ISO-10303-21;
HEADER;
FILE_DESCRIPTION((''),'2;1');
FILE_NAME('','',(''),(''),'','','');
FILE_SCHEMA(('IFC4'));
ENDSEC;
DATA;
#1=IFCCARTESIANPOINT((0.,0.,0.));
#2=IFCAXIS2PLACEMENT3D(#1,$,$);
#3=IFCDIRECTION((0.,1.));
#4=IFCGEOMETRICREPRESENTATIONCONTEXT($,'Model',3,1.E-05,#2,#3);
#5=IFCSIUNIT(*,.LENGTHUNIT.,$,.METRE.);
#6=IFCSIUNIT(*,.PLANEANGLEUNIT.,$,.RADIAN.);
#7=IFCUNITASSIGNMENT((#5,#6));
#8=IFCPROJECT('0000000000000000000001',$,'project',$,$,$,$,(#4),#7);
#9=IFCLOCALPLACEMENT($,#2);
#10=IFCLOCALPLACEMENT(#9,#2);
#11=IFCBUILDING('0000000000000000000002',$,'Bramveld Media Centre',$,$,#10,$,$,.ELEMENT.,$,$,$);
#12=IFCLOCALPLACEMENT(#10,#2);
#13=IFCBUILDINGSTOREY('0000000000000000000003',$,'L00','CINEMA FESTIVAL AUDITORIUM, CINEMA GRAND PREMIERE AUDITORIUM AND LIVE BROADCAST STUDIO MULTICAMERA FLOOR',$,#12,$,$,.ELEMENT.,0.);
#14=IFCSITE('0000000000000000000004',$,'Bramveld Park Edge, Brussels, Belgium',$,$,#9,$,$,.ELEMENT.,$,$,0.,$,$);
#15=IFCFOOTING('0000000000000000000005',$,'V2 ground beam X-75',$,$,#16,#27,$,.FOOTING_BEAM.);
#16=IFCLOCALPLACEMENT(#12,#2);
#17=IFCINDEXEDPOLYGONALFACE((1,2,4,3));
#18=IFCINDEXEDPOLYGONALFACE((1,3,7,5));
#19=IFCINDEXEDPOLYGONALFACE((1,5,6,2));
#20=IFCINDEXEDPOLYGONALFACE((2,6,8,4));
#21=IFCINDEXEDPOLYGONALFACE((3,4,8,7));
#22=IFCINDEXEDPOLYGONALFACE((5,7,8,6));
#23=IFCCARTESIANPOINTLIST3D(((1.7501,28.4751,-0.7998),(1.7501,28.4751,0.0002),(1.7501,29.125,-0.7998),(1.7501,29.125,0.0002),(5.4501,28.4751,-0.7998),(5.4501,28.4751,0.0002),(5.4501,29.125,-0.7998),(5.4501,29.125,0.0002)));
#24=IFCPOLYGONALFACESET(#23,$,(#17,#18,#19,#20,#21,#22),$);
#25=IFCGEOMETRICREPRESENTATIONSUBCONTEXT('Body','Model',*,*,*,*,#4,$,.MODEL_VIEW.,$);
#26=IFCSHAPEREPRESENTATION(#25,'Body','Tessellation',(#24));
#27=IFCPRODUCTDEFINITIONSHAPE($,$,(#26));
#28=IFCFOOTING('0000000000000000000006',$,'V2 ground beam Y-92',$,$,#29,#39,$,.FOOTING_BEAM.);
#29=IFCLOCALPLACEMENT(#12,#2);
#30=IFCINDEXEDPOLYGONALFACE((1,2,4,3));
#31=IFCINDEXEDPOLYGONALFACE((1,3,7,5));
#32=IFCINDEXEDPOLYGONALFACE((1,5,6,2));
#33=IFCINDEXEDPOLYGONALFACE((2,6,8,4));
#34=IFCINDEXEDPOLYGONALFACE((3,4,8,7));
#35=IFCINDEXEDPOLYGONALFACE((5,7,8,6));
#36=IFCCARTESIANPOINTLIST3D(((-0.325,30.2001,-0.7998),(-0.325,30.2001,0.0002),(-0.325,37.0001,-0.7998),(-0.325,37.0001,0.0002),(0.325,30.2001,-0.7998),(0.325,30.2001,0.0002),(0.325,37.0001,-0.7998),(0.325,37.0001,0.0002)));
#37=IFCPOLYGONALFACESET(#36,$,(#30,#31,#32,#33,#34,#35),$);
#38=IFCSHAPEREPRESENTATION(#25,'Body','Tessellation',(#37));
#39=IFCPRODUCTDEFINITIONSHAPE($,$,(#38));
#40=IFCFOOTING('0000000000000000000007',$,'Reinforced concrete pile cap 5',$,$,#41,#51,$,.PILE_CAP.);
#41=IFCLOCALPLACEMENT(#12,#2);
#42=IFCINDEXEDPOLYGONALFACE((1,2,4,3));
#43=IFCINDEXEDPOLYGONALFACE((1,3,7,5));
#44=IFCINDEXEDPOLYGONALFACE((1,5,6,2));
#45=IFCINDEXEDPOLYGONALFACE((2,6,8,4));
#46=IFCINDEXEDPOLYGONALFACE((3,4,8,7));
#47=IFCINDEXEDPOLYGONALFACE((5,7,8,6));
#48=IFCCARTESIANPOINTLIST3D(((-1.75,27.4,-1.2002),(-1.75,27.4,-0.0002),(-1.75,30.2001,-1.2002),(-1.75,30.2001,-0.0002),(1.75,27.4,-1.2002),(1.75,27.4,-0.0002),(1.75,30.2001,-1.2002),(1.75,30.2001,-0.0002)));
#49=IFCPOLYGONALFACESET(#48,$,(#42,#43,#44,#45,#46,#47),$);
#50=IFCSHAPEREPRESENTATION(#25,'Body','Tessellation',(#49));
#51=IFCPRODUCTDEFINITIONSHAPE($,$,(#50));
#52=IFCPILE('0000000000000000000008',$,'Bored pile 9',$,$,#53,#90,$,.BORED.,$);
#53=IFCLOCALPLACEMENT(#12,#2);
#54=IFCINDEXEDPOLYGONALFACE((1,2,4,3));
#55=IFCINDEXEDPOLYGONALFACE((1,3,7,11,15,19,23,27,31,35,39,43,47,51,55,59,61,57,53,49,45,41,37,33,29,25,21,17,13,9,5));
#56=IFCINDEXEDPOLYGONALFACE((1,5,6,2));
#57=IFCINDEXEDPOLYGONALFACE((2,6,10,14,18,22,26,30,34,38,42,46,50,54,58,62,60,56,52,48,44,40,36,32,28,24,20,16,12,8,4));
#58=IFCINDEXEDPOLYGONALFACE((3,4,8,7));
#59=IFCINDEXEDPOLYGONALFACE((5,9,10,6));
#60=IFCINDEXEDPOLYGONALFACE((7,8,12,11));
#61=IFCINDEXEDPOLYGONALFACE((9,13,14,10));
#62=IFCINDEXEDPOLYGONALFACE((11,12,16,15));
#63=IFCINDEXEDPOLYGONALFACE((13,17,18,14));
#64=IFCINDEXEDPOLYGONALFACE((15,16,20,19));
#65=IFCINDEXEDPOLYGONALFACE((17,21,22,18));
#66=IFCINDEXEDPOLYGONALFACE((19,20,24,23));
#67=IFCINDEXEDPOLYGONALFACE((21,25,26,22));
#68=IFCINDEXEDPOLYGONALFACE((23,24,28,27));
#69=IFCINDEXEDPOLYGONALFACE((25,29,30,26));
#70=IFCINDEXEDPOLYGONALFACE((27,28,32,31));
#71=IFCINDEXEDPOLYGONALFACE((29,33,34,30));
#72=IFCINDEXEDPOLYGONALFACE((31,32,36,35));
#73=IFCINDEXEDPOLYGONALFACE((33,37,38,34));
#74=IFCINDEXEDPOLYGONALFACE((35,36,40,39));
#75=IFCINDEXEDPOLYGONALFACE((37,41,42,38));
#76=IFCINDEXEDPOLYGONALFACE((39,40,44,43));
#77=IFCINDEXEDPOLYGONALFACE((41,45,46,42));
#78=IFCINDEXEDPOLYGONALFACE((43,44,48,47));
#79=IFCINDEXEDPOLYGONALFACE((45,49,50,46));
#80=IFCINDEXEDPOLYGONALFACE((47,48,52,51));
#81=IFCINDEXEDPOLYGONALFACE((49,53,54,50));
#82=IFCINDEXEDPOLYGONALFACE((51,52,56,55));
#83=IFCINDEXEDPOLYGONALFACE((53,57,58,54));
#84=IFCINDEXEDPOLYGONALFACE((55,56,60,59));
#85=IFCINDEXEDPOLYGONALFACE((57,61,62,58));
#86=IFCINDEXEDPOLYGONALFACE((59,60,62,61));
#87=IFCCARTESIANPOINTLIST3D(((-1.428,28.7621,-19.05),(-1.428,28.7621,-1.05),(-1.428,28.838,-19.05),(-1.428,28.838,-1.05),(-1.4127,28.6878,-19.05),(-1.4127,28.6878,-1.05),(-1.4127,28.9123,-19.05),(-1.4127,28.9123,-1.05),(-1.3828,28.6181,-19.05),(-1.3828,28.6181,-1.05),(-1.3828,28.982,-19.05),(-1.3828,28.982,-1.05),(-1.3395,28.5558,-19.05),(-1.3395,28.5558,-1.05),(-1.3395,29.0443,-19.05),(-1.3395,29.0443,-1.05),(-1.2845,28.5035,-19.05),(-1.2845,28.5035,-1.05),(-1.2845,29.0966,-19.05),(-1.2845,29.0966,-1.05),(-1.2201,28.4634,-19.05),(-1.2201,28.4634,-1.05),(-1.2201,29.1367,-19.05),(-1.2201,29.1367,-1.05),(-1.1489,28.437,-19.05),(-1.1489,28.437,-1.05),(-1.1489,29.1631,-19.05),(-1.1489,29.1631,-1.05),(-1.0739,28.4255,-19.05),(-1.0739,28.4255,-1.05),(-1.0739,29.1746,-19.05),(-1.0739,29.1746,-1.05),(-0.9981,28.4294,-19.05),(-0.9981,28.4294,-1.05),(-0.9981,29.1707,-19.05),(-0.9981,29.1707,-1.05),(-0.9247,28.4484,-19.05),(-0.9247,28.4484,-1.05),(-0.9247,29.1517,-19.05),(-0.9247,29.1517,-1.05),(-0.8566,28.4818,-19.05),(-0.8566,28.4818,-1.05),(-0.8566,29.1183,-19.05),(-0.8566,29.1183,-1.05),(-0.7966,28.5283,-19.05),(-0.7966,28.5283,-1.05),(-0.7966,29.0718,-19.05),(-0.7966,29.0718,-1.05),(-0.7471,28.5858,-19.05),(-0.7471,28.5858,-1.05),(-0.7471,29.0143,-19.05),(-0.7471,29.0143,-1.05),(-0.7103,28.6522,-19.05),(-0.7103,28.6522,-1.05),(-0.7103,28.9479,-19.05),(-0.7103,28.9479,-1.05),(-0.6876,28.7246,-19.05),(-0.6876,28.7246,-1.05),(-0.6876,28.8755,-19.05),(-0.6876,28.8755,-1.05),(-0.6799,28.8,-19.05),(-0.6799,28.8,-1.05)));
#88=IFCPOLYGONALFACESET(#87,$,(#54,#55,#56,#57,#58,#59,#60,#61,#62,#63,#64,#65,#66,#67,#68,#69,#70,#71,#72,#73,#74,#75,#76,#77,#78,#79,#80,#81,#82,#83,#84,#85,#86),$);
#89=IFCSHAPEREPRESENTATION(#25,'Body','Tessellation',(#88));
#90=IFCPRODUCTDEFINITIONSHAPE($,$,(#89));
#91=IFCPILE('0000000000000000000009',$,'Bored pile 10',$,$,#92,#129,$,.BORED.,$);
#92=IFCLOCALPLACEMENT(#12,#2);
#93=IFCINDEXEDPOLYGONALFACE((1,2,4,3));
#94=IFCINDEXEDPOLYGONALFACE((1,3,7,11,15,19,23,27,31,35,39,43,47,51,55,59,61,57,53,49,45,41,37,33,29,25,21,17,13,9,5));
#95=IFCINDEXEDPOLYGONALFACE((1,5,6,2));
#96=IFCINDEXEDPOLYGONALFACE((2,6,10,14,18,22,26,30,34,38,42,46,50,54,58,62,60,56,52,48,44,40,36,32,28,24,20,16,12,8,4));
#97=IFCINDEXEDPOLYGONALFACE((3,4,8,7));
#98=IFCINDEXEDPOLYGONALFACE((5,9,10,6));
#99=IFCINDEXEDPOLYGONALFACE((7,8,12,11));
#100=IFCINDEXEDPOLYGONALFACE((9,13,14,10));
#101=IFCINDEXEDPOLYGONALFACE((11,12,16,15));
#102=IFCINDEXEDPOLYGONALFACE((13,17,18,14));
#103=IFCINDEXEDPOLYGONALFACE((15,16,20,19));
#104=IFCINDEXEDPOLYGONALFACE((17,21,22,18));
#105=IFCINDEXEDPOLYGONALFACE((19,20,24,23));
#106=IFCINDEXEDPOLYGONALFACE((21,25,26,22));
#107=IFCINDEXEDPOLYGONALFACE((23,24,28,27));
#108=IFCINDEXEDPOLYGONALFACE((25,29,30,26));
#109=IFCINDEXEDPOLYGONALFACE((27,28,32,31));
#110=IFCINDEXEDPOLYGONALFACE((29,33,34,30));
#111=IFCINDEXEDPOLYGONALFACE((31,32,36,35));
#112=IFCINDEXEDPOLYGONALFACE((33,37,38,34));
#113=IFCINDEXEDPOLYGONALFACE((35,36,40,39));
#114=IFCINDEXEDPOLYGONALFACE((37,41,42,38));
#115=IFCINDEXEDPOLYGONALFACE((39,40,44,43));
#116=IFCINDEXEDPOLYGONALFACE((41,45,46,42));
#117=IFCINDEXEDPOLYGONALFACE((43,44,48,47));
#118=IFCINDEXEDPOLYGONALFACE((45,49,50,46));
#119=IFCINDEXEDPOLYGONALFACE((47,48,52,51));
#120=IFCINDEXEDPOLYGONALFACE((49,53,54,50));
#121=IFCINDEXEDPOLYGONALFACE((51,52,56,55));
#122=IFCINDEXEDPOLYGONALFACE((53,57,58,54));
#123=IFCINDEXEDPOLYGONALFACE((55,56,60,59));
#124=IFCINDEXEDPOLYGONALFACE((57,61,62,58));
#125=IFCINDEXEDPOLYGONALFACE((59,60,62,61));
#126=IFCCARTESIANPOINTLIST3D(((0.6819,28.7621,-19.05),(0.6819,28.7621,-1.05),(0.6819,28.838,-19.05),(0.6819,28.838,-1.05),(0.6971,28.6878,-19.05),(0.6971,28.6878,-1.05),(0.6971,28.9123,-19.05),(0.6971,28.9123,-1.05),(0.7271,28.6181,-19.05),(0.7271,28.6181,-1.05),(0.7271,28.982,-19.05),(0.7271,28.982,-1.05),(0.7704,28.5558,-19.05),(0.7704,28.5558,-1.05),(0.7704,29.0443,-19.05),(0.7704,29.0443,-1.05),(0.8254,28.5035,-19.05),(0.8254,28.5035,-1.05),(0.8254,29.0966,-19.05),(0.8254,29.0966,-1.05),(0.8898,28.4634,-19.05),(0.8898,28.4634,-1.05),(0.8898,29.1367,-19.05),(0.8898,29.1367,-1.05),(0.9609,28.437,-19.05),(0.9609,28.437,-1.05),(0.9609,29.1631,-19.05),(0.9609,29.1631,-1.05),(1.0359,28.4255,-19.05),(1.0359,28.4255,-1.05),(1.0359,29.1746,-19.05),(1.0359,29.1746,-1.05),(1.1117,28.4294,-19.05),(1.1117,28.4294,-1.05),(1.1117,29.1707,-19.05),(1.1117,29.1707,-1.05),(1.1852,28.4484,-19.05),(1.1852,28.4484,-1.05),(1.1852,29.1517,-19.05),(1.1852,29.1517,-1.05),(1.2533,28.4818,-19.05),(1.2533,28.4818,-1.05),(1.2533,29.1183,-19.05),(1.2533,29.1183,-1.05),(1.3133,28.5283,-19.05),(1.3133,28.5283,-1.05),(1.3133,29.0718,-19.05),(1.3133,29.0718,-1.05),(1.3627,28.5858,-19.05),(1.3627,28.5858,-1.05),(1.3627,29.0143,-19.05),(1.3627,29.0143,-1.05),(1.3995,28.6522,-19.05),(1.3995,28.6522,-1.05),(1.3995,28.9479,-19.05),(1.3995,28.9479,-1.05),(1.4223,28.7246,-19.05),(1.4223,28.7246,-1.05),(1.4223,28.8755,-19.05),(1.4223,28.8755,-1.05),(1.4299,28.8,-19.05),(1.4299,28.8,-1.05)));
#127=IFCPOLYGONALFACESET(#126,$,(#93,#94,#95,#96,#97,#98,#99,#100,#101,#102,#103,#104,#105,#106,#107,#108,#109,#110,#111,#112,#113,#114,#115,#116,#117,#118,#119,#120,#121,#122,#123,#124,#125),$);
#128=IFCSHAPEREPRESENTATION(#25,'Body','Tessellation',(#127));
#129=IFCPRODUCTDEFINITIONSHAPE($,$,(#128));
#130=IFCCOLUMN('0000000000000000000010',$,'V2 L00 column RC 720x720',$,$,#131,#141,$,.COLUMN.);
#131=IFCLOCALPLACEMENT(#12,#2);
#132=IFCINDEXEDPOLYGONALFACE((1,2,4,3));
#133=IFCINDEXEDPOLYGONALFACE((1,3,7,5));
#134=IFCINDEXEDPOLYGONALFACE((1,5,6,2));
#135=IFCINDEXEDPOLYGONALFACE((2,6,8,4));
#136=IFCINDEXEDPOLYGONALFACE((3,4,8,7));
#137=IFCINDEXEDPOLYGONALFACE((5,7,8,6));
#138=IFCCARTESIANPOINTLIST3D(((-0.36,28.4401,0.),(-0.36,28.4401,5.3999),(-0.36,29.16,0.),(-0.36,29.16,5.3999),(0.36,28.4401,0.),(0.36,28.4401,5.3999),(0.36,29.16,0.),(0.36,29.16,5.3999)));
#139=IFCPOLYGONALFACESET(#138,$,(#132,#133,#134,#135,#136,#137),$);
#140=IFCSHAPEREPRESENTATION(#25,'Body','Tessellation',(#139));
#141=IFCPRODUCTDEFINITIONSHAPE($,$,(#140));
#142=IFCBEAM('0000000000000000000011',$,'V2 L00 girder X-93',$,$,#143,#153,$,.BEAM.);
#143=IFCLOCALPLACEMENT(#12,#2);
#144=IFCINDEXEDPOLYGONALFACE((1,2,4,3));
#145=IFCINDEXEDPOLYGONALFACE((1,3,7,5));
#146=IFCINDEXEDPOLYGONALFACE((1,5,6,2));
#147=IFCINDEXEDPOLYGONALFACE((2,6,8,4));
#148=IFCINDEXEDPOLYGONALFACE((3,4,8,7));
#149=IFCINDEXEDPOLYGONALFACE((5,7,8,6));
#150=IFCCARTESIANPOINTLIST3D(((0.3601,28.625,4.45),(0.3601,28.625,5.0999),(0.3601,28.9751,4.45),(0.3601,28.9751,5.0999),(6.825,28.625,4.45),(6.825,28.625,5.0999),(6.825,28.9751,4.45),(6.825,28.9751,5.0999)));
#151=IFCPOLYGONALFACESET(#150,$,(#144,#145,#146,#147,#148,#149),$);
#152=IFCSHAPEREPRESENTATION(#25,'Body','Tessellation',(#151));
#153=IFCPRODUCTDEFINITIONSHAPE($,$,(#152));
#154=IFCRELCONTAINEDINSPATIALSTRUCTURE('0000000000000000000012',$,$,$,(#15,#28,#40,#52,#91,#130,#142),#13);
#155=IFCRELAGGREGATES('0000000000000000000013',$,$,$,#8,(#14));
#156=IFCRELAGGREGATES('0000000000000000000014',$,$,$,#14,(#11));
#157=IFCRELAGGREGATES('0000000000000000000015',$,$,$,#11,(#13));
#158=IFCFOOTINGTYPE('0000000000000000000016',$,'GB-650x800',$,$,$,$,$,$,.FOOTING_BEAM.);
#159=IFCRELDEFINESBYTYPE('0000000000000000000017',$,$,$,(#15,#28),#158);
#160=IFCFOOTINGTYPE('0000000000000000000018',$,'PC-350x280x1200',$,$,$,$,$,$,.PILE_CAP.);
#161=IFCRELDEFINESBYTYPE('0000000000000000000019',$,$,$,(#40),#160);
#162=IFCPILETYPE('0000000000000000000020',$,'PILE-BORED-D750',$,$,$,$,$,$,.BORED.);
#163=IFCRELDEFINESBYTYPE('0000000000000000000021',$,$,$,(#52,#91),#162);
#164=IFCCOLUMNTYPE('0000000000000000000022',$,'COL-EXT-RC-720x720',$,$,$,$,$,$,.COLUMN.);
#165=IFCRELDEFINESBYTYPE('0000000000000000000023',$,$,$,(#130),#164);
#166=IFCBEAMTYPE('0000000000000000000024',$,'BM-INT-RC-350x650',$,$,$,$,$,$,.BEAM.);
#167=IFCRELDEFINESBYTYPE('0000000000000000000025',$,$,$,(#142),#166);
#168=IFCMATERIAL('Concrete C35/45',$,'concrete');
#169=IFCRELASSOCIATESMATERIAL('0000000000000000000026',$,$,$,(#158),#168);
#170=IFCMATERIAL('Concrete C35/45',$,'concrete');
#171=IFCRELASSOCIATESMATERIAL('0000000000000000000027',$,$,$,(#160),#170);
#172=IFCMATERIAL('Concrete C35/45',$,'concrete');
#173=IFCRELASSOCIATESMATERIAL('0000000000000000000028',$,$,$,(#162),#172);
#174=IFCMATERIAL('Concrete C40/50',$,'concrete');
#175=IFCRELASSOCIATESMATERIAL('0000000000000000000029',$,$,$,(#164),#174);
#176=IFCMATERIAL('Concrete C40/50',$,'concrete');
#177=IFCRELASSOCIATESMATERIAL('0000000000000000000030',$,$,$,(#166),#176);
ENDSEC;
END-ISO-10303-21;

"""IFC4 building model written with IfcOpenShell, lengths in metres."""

from ifc_helpers import new_model, si_unit, direction, frame, origin, origin_2d, place, context, subcontext, project, spatial, rectangle, circle, extrude, material, material_profile, profile_set, type_object, element, save


model = new_model("IFC4")

# Units and contexts
model_context = context("Model", 3, precision=1e-05, world=origin(), true_north=direction((0.0, 1.0)))
body_context = subcontext(model_context, "Body", "Model", "MODEL_VIEW")
ifc_project = project(units=[si_unit("LENGTHUNIT", "METRE"), si_unit("PLANEANGLEUNIT", "RADIAN")], contexts=[model_context])

# Site, building, storey
site_placement = place(None, origin())
site = spatial("IfcSite", under=ifc_project, at=site_placement, Name="Bramveld Park Edge, Brussels, Belgium", CompositionType="ELEMENT", RefElevation=0.0)
building_placement = place(site_placement, origin())
building = spatial("IfcBuilding", under=site, at=building_placement, Name="Bramveld Media Centre", CompositionType="ELEMENT")
storey_placement = place(building_placement, origin())
storey = spatial("IfcBuildingStorey", under=building, at=storey_placement, Name="L00", Description="CINEMA FESTIVAL AUDITORIUM, CINEMA GRAND PREMIERE AUDITORIUM AND LIVE BROADCAST STUDIO MULTICAMERA FLOOR", CompositionType="ELEMENT", Elevation=0.0)

# Footings
ifc_material_1 = material(Name="Concrete C35/45", Category="concrete")
footing_type_1 = type_object("IfcFootingType", Name="GB-650x800", PredefinedType="FOOTING_BEAM", material=ifc_material_1)
footing_1_placement = place(storey_placement, frame((3.6001, 28.8, -0.7998), z_axis=(0.0, 0.0, 1.0), x_axis=(1.0, 0.0, 0.0)))
element("IfcFooting", 1, at=footing_1_placement, inside=storey, type_object=footing_type_1, Name="V2 ground beam X-75", PredefinedType="FOOTING_BEAM", context=body_context, shape_type="SweptSolid", body=[
    extrude(rectangle(XDim=3.7, YDim=0.6499, at=origin_2d()), origin(), (0.0, 0.0, 1.0), 0.8),
])
footing_2_placement = place(storey_placement, frame((0.0, 33.6001, -0.7998), z_axis=(0.0, 0.0, 1.0), x_axis=(1.0, 0.0, 0.0)))
element("IfcFooting", 2, at=footing_2_placement, inside=storey, type_object=footing_type_1, Name="V2 ground beam Y-92", PredefinedType="FOOTING_BEAM", context=body_context, shape_type="SweptSolid", body=[
    extrude(rectangle(XDim=0.6499, YDim=6.8, at=origin_2d()), origin(), (0.0, 0.0, 1.0), 0.8),
])
ifc_material_2 = material(Name="Concrete C35/45", Category="concrete")
footing_type_2 = type_object("IfcFootingType", Name="PC-350x280x1200", PredefinedType="PILE_CAP", material=ifc_material_2)
footing_3_placement = place(storey_placement, frame((0.0, 28.8, -1.2002), z_axis=(0.0, 0.0, 1.0), x_axis=(1.0, 0.0, 0.0)))
element("IfcFooting", 3, at=footing_3_placement, inside=storey, type_object=footing_type_2, Name="Reinforced concrete pile cap 5", PredefinedType="PILE_CAP", context=body_context, shape_type="SweptSolid", body=[
    extrude(rectangle(XDim=3.5, YDim=2.8, at=origin_2d()), origin(), (0.0, 0.0, 1.0), 1.2),
])

# Piles
ifc_material_3 = material(Name="Concrete C35/45", Category="concrete")
ifc_material_profile_1 = material_profile(ifc_material_3, circle(Radius=0.375, at=origin_2d()), Name="BORED D750")
ifc_profile_set_1 = profile_set([ifc_material_profile_1], Name="Concrete C35/45")
pile_type = type_object("IfcPileType", Name="PILE-BORED-D750", PredefinedType="BORED", material=ifc_profile_set_1)
for number, where, z_axis, x_axis, name in (
    (4, (-1.0549, 28.8, -1.05), (0.0, 0.0, -1.0), (1.0, 0.0, 0.0), "Bored pile 9"),
    (5, (1.0549, 28.8, -1.05), (0.0, 0.0, -1.0), (1.0, 0.0, 0.0), "Bored pile 10"),
):
    element("IfcPile", number, at=place(storey_placement, frame(where, z_axis=z_axis, x_axis=x_axis)), inside=storey, type_object=pile_type, Name=name, PredefinedType="BORED", context=body_context, shape_type="SweptSolid", body=[
        extrude(circle(Radius=0.375, at=origin_2d()), origin(), (0.0, 0.0, 1.0), 18.0),
    ])

# Column
ifc_material_4 = material(Name="Concrete C40/50", Category="concrete")
ifc_material_profile_2 = material_profile(ifc_material_4, rectangle(XDim=0.72, YDim=0.72, at=origin_2d()), Name="RC 720x720")
ifc_profile_set_2 = profile_set([ifc_material_profile_2], Name="Concrete C40/50")
column_type = type_object("IfcColumnType", Name="COL-EXT-RC-720x720", PredefinedType="COLUMN", material=ifc_profile_set_2)
column_placement = place(storey_placement, frame((0.0, 28.8, 0.0), z_axis=(0.0, 0.0, 1.0), x_axis=(1.0, 0.0, 0.0)))
element("IfcColumn", 6, at=column_placement, inside=storey, type_object=column_type, Name="V2 L00 column RC 720x720", PredefinedType="COLUMN", context=body_context, shape_type="SweptSolid", body=[
    extrude(rectangle(XDim=0.72, YDim=0.72, at=origin_2d()), origin(), (0.0, 0.0, 1.0), 5.3999),
])

# Beam
ifc_material_5 = material(Name="Concrete C40/50", Category="concrete")
ifc_material_profile_3 = material_profile(ifc_material_5, rectangle(XDim=0.3501, YDim=0.6499, at=origin_2d()), Name="RC 350x650")
ifc_profile_set_3 = profile_set([ifc_material_profile_3], Name="Concrete C40/50")
beam_type_1 = type_object("IfcBeamType", Name="BM-INT-RC-350x650", PredefinedType="BEAM", material=ifc_profile_set_3)
beam_1_placement = place(storey_placement, frame((0.3601, 28.8, 4.7749), z_axis=(1.0, 0.0, 0.0), x_axis=(0.0, 1.0, 0.0)))
element("IfcBeam", 7, at=beam_1_placement, inside=storey, type_object=beam_type_1, Name="V2 L00 girder X-93", PredefinedType="BEAM", context=body_context, shape_type="SweptSolid", body=[
    extrude(rectangle(XDim=0.3501, YDim=0.6499, at=origin_2d()), origin(), (0.0, 0.0, 1.0), 6.4648),
])

save(model, "model.ifc")
